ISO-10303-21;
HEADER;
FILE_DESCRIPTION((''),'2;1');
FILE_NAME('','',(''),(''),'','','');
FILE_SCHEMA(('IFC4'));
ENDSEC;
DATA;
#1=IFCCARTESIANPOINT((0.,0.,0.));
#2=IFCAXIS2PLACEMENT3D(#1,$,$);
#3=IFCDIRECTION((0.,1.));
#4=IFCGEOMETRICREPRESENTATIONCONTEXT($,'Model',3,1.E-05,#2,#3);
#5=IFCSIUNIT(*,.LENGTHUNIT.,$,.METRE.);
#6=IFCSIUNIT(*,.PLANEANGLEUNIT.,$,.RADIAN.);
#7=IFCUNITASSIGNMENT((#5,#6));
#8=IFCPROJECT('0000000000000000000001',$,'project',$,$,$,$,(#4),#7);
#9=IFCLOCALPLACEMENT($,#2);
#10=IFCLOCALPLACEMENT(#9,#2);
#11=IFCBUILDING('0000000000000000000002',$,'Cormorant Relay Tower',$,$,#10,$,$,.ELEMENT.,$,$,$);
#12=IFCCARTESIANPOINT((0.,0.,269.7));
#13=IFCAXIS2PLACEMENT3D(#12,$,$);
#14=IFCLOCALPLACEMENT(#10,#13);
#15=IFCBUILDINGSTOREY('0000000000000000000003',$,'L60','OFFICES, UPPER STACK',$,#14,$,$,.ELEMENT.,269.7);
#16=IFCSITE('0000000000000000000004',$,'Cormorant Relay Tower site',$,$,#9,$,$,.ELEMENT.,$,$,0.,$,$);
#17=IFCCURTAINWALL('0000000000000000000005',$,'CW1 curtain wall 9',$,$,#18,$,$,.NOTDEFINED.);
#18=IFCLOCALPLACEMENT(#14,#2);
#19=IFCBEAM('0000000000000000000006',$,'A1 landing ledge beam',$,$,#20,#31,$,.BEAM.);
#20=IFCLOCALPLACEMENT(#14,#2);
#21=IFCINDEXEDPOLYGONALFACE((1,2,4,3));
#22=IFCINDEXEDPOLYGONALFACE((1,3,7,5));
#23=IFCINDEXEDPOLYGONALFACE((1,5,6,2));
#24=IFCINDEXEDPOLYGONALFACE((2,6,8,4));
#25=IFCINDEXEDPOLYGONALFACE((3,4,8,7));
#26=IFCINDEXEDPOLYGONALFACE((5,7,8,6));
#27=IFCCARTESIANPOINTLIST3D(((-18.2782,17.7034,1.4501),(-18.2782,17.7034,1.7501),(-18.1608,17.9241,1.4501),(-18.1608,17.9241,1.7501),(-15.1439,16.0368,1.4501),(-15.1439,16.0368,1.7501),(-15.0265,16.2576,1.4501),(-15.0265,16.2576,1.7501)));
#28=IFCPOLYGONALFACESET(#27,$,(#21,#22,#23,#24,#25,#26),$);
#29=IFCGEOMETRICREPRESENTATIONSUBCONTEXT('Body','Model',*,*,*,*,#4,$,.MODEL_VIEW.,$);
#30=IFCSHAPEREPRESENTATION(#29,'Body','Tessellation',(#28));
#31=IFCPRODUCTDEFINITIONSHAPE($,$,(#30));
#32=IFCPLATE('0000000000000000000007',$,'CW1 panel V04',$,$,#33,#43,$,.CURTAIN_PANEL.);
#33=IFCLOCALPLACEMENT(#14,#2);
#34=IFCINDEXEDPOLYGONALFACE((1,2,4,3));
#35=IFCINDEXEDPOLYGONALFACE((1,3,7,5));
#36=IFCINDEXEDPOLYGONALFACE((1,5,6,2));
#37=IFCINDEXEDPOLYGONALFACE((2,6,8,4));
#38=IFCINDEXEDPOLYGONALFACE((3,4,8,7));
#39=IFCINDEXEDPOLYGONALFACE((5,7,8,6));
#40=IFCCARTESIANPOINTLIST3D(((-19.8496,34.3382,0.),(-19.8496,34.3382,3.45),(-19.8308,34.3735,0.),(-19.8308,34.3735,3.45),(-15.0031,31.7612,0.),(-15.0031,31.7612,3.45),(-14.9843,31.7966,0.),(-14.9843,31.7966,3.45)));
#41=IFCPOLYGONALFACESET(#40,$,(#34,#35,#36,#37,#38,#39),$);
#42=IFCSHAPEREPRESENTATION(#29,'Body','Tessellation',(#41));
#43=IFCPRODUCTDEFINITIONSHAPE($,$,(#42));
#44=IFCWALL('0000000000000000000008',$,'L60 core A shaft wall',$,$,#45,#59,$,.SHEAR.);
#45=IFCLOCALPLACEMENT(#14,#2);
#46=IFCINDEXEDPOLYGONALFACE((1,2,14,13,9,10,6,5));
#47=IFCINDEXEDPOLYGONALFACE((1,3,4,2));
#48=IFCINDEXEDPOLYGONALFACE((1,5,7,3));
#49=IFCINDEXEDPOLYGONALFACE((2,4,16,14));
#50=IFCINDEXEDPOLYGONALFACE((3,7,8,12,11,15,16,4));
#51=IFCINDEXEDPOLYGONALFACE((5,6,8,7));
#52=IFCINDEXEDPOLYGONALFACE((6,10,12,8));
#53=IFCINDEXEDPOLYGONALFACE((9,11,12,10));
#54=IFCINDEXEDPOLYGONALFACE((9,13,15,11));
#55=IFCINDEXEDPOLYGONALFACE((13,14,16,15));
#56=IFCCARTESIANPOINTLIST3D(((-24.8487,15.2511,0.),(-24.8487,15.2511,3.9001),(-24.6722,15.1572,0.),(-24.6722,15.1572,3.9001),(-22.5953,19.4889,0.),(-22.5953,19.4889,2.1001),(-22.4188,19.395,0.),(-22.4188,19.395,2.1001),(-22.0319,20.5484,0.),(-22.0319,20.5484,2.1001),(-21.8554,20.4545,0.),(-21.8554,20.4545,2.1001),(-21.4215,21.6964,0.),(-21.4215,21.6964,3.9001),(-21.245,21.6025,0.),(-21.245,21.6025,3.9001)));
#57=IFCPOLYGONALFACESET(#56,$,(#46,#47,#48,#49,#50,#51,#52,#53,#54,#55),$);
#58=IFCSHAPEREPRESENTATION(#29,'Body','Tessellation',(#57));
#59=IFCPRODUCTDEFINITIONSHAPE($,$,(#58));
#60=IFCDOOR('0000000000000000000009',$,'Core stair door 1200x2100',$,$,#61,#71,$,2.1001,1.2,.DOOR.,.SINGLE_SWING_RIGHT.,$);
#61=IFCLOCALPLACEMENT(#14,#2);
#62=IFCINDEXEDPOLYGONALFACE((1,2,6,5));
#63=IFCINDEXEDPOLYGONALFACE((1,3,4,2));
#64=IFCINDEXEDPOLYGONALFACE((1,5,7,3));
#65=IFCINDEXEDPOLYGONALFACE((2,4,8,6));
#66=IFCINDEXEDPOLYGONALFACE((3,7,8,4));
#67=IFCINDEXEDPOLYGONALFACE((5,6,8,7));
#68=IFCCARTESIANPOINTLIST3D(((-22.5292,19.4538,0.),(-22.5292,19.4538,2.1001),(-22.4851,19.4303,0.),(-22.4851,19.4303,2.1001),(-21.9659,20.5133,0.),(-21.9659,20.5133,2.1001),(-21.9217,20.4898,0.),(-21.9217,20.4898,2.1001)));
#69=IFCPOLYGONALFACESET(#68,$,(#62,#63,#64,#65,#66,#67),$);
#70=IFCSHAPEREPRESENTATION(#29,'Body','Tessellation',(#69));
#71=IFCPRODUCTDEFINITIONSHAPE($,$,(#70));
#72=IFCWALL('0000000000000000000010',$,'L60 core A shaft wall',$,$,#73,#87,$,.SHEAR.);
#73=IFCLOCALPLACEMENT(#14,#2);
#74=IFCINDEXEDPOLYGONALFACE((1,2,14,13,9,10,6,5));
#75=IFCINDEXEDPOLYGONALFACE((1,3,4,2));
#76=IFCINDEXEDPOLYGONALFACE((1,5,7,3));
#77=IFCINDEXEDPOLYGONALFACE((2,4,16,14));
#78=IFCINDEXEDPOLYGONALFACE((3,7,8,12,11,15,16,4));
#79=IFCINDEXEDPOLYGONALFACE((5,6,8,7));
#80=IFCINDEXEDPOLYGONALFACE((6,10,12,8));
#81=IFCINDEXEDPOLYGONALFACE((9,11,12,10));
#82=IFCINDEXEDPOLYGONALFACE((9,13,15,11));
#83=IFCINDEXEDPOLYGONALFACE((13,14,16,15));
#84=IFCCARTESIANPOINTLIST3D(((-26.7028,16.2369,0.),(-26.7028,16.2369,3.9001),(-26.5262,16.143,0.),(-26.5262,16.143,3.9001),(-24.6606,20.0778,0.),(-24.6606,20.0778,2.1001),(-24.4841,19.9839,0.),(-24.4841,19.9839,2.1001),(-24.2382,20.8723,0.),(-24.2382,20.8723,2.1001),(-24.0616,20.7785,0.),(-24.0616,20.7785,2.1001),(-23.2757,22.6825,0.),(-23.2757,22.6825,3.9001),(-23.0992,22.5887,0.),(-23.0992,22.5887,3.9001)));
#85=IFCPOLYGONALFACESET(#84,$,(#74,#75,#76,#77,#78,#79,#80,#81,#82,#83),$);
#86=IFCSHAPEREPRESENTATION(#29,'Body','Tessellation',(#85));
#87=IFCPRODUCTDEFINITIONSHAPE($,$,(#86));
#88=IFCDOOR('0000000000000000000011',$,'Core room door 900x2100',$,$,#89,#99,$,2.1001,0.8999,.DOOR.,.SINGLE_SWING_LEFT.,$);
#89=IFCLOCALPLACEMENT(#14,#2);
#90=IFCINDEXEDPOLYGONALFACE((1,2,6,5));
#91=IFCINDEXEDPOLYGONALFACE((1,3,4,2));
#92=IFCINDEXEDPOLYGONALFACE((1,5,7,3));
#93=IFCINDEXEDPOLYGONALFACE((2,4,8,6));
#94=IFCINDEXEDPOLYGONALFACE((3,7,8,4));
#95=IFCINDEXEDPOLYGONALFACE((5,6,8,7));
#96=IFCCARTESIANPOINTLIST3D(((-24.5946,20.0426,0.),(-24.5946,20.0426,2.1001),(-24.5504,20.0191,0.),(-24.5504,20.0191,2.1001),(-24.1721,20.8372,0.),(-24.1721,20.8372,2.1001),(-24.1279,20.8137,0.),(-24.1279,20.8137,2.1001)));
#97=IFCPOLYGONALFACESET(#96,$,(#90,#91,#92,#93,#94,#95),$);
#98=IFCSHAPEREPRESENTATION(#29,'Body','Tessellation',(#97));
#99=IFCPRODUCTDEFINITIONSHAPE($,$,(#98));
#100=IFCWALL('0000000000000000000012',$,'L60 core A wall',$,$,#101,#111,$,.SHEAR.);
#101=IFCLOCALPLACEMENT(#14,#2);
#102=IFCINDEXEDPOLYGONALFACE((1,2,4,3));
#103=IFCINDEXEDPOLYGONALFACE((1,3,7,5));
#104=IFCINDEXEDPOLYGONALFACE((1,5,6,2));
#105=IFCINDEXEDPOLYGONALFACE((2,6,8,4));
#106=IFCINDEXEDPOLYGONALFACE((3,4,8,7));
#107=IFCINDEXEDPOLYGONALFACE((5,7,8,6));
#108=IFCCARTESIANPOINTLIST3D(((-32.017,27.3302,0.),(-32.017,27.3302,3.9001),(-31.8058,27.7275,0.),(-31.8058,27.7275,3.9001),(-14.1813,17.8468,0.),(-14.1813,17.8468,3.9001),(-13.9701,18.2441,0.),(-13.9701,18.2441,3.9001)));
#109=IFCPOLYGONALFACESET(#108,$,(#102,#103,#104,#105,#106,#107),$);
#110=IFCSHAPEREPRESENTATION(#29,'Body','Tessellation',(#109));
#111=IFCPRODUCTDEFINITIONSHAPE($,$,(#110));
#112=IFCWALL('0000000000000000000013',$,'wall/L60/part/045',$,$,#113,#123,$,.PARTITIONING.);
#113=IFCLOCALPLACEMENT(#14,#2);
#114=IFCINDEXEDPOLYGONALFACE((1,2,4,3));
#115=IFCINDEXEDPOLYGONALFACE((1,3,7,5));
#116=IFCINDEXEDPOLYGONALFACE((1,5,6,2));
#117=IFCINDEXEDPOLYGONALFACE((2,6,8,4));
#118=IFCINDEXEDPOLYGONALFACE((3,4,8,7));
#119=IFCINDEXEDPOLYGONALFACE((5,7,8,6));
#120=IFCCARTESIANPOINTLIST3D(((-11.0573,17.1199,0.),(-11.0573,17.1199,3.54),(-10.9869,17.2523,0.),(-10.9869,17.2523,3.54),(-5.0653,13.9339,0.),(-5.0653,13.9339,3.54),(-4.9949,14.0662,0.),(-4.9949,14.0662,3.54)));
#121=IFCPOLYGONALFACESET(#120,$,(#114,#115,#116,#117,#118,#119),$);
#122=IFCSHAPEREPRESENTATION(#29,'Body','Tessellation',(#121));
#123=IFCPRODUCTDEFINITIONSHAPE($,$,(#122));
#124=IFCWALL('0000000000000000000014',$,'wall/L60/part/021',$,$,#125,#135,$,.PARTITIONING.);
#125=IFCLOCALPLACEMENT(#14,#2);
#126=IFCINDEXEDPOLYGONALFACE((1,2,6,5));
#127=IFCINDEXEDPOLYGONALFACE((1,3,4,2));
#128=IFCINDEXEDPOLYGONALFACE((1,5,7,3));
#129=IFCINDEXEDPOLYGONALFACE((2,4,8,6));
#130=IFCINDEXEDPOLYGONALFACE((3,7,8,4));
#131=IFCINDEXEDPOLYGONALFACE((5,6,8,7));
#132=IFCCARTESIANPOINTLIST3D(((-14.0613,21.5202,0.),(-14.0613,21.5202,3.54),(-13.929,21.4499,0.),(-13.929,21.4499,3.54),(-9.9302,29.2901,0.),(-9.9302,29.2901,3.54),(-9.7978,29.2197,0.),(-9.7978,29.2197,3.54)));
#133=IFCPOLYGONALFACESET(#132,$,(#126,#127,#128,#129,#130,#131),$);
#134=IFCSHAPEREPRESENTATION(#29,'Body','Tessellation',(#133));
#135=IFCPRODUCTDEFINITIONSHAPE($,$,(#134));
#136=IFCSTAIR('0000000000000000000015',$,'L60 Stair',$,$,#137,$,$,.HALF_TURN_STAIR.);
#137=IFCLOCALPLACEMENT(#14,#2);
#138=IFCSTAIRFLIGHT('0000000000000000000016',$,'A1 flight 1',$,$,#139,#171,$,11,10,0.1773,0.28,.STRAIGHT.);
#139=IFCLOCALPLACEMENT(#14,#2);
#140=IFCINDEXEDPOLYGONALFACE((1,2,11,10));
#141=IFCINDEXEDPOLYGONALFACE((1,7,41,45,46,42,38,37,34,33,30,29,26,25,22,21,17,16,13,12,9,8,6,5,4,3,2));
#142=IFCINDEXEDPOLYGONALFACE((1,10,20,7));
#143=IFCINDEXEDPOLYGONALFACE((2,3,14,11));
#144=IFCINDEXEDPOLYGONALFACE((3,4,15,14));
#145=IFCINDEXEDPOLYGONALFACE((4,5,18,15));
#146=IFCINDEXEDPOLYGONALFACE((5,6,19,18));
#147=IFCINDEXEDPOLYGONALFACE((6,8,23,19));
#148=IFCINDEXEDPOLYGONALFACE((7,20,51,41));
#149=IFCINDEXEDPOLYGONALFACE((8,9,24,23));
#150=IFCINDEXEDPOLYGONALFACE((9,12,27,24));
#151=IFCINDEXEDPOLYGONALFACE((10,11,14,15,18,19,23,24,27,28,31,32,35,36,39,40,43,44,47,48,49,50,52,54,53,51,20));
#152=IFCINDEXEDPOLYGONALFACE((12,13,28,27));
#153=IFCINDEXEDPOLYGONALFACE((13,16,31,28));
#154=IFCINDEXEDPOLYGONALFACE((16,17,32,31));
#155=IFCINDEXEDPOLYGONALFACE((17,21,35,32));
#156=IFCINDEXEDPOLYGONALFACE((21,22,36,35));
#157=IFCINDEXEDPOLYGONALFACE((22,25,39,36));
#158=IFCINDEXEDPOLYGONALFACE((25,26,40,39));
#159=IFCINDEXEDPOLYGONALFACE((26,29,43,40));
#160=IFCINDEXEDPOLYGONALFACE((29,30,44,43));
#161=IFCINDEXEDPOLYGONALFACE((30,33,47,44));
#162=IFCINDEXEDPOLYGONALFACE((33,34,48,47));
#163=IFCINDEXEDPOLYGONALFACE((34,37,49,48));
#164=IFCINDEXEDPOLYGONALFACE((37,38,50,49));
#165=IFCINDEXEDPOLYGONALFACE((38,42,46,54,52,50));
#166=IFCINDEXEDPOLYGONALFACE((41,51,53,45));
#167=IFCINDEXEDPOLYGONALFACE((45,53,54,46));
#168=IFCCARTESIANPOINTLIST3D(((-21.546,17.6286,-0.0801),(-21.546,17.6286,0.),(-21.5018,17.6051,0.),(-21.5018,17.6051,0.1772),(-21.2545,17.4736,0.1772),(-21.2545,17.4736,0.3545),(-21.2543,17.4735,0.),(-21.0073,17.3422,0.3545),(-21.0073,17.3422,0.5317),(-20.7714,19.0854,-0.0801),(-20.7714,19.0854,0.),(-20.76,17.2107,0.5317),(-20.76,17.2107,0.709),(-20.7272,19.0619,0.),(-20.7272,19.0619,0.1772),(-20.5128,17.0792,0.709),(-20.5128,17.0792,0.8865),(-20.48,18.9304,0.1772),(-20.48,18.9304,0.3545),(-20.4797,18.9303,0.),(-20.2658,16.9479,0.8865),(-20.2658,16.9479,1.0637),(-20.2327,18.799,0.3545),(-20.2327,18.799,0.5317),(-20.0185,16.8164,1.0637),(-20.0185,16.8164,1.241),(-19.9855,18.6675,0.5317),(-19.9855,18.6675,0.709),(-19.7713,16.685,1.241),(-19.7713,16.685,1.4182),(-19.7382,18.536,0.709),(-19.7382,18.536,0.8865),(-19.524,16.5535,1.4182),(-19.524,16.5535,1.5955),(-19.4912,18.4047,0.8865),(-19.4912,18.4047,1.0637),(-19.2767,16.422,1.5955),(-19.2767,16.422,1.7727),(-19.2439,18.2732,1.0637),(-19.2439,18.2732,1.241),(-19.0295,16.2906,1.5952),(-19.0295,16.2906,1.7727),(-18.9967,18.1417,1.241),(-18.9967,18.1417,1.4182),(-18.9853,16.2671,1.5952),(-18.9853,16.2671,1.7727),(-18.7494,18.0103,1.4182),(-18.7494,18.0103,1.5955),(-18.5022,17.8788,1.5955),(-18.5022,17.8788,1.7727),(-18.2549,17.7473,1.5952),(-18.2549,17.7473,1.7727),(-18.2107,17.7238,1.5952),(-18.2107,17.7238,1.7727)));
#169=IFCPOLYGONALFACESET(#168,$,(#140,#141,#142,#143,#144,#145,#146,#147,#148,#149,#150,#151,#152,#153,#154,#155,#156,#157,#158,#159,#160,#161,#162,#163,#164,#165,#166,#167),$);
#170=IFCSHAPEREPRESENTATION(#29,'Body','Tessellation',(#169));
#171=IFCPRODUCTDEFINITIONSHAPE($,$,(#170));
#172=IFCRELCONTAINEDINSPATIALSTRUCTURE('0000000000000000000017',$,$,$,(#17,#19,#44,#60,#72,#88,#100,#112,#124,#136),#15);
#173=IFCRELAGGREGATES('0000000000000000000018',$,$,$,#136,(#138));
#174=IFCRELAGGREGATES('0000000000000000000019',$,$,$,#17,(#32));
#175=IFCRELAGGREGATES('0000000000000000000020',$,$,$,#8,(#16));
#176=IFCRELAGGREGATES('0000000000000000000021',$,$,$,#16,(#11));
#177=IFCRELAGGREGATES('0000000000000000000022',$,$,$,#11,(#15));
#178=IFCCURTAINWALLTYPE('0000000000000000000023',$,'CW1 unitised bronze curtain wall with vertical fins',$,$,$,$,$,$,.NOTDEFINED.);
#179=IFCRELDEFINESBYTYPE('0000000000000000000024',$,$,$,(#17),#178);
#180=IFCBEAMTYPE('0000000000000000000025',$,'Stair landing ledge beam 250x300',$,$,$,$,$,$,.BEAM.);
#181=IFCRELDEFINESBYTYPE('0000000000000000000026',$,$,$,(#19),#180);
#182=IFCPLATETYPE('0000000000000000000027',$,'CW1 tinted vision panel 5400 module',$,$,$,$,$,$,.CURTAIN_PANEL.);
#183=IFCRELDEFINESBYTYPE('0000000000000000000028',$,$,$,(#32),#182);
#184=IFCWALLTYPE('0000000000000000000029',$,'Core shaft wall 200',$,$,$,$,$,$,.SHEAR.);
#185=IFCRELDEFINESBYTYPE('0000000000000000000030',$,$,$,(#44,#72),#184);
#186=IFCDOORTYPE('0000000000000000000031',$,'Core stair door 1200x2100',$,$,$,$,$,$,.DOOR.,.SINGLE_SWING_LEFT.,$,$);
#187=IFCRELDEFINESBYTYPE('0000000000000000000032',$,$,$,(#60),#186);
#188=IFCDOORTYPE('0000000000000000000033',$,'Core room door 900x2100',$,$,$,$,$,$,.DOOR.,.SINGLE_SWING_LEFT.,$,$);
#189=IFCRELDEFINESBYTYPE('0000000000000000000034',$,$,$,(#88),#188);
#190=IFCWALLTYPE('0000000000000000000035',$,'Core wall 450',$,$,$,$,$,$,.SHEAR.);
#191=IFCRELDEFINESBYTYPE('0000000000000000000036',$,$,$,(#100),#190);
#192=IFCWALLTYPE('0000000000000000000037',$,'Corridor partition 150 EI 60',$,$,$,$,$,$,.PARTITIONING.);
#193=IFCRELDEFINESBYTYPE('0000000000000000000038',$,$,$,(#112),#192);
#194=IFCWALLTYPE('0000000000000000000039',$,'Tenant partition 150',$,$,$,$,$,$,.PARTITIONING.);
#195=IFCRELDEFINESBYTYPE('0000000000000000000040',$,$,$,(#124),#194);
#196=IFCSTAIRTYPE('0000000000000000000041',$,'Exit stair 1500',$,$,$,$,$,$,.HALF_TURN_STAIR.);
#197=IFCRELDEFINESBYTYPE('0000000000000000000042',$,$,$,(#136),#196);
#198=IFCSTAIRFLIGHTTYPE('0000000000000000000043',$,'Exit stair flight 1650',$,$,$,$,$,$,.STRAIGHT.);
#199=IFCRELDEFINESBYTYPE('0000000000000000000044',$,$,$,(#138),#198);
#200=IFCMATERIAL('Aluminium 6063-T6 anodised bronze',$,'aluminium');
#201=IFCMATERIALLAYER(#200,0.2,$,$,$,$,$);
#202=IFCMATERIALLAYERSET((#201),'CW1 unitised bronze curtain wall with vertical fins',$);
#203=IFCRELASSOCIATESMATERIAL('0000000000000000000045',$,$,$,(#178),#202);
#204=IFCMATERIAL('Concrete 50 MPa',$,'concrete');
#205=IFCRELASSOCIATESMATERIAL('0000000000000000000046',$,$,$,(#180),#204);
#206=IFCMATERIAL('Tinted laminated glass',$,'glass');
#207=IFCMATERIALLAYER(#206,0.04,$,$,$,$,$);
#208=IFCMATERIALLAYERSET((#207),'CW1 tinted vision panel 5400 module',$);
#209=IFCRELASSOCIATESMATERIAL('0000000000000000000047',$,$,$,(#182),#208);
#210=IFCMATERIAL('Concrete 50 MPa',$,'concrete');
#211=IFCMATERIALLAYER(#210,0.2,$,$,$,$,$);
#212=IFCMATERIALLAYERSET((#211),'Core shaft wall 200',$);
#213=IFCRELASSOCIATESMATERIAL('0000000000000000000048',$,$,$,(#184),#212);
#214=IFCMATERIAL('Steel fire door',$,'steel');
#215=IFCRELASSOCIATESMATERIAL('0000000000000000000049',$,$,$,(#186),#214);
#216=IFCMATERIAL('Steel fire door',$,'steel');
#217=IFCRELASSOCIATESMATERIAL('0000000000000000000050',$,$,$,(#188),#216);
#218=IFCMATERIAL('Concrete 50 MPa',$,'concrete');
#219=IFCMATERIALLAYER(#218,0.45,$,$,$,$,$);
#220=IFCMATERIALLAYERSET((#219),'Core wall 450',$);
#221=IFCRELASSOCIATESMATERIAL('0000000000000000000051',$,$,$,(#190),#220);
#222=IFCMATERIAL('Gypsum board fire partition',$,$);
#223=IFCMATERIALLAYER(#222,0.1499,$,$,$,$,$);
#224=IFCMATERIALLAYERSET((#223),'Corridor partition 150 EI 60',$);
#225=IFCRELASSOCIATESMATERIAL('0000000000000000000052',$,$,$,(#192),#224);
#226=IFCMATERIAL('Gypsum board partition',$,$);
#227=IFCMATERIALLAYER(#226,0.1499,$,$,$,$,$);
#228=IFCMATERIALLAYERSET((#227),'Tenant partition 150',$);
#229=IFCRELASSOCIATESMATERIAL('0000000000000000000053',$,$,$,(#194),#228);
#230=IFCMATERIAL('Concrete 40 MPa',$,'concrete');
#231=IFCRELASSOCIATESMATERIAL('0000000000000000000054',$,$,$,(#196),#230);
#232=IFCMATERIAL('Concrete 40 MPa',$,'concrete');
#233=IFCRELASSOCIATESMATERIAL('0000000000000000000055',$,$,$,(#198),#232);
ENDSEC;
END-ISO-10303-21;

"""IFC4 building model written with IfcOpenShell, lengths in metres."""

from ifc_helpers import new_model, si_unit, direction, frame, frame_2d, origin, origin_2d, place, context, subcontext, project, spatial, polyline, rectangle, outline, extrude, material, layer, layer_set, material_profile, profile_set, type_object, element, fill, aggregate, save


model = new_model("IFC4")

# Units and contexts
model_context = context("Model", 3, precision=1e-05, world=origin(), true_north=direction((0.0, 1.0)))
body_context = subcontext(model_context, "Body", "Model", "MODEL_VIEW")
ifc_project = project(units=[si_unit("LENGTHUNIT", "METRE"), si_unit("PLANEANGLEUNIT", "RADIAN")], contexts=[model_context])

# Site, building, storey
site_placement = place(None, origin())
site = spatial("IfcSite", under=ifc_project, at=site_placement, Name="Cormorant Relay Tower site", CompositionType="ELEMENT", RefElevation=0.0)
building_placement = place(site_placement, origin())
building = spatial("IfcBuilding", under=site, at=building_placement, Name="Cormorant Relay Tower", CompositionType="ELEMENT")
storey_placement = place(building_placement, frame((0.0, 0.0, 269.7)))
storey = spatial("IfcBuildingStorey", under=building, at=storey_placement, Name="L60", Description="OFFICES, UPPER STACK", CompositionType="ELEMENT", Elevation=269.7)

# Curtain wall
ifc_material_1 = material(Name="Aluminium 6063-T6 anodised bronze", Category="aluminium")
ifc_layer_1 = layer(ifc_material_1, 0.2)
ifc_layer_set_1 = layer_set([ifc_layer_1], Name="CW1 unitised bronze curtain wall with vertical fins")
curtain_wall_type = type_object("IfcCurtainWallType", Name="CW1 unitised bronze curtain wall with vertical fins", PredefinedType="NOTDEFINED", material=ifc_layer_set_1)
curtain_wall_placement = place(storey_placement, origin())
curtain_wall = element("IfcCurtainWall", 1, at=curtain_wall_placement, inside=storey, type_object=curtain_wall_type, Name="CW1 curtain wall 9", PredefinedType="NOTDEFINED")

# Beam
ifc_material_2 = material(Name="Concrete 50 MPa", Category="concrete")
ifc_material_profile_1 = material_profile(ifc_material_2, rectangle(XDim=0.25, YDim=0.3, at=origin_2d()), Name="RC 250x300")
ifc_profile_set_1 = profile_set([ifc_material_profile_1], Name="Concrete 50 MPa")
beam_type_1 = type_object("IfcBeamType", Name="Stair landing ledge beam 250x300", PredefinedType="BEAM", material=ifc_profile_set_1)
beam_1_placement = place(storey_placement, frame((-18.2195, 17.8137, 1.6001), z_axis=(0.88295, -0.469467, 0.0), x_axis=(0.469467, 0.88295, 0.0)))
element("IfcBeam", 2, at=beam_1_placement, inside=storey, type_object=beam_type_1, Name="A1 landing ledge beam", PredefinedType="BEAM", context=body_context, shape_type="SweptSolid", body=[
    extrude(rectangle(XDim=0.25, YDim=0.3, at=origin_2d()), origin(), (0.0, 0.0, 1.0), 3.5498),
])

# Plate
ifc_material_3 = material(Name="Tinted laminated glass", Category="glass")
ifc_layer_2 = layer(ifc_material_3, 0.04)
ifc_layer_set_2 = layer_set([ifc_layer_2], Name="CW1 tinted vision panel 5400 module")
plate_type = type_object("IfcPlateType", Name="CW1 tinted vision panel 5400 module", PredefinedType="CURTAIN_PANEL", material=ifc_layer_set_2)
plate_placement = place(storey_placement, frame((-17.417, 33.0674, 0.0), z_axis=(0.0, 0.0, 1.0), x_axis=(-0.882948, 0.469472, 0.0)))
plate = element("IfcPlate", 3, at=plate_placement, type_object=plate_type, Name="CW1 panel V04", PredefinedType="CURTAIN_PANEL", context=body_context, shape_type="SweptSolid", body=[
    extrude(rectangle(XDim=5.489, YDim=0.04, at=origin_2d()), origin(), (0.0, 0.0, 1.0), 3.45),
])

# Walls, openings, doors
ifc_material_4 = material(Name="Concrete 50 MPa", Category="concrete")
ifc_layer_3 = layer(ifc_material_4, 0.2)
ifc_layer_set_3 = layer_set([ifc_layer_3], Name="Core shaft wall 200")
wall_type_1 = type_object("IfcWallType", Name="Core shaft wall 200", PredefinedType="SHEAR", material=ifc_layer_set_3)
wall_1_placement = place(storey_placement, frame((-21.3333, 21.6494, 0.0), z_axis=(0.0, 0.0, 1.0), x_axis=(-0.469494, -0.882936, 0.0)))
wall_1 = element("IfcWall", 4, at=wall_1_placement, inside=storey, type_object=wall_type_1, Name="L60 core A shaft wall", PredefinedType="SHEAR", context=body_context, shape_type="SweptSolid", body=[
    extrude(rectangle(XDim=7.2998, YDim=0.2, at=frame_2d((3.6499, 0.0))), origin(), (0.0, 0.0, 1.0), 3.9001),
])
opening_1_placement = place(wall_1_placement, frame((1.3, 0.0, 0.0)))
opening_1 = element("IfcOpeningElement", 5, at=opening_1_placement, cuts=wall_1, PredefinedType="OPENING", context=body_context, shape_type="SweptSolid", body=[
    extrude(rectangle(XDim=1.2, YDim=2.1001, at=frame_2d((0.6001, 1.05))), frame((0.0, 0.1099, 0.0), z_axis=(0.0, -1.0, 0.0), x_axis=(1.0, 0.0, 0.0)), (0.0, 0.0, 1.0), 0.22),
])
ifc_material_5 = material(Name="Steel fire door", Category="steel")
door_type_1 = type_object("IfcDoorType", Name="Core stair door 1200x2100", OperationType="SINGLE_SWING_LEFT", PredefinedType="DOOR", material=ifc_material_5)
door_1_placement = place(opening_1_placement, origin())
door_1 = element("IfcDoor", 6, at=door_1_placement, inside=storey, type_object=door_type_1, Name="Core stair door 1200x2100", OperationType="SINGLE_SWING_RIGHT", OverallHeight=2.1001, OverallWidth=1.2, PredefinedType="DOOR", context=body_context, shape_type="SweptSolid", body=[
    extrude(rectangle(XDim=1.2, YDim=2.1001, at=frame_2d((0.6001, 1.05))), frame((0.0, 0.0249, 0.0), z_axis=(0.0, -1.0, 0.0), x_axis=(1.0, 0.0, 0.0)), (0.0, 0.0, 1.0), 0.05),
])
fill(opening_1, door_1)
wall_2_placement = place(storey_placement, frame((-23.1875, 22.6355, 0.0), z_axis=(0.0, 0.0, 1.0), x_axis=(-0.469454, -0.882957, 0.0)))
wall_2 = element("IfcWall", 7, at=wall_2_placement, inside=storey, type_object=wall_type_1, Name="L60 core A shaft wall", PredefinedType="SHEAR", context=body_context, shape_type="SweptSolid", body=[
    extrude(rectangle(XDim=7.3, YDim=0.2, at=frame_2d((3.6499, 0.0))), origin(), (0.0, 0.0, 1.0), 3.9001),
])
opening_2_placement = place(wall_2_placement, frame((2.05, 0.0, 0.0)))
opening_2 = element("IfcOpeningElement", 8, at=opening_2_placement, cuts=wall_2, PredefinedType="OPENING", context=body_context, shape_type="SweptSolid", body=[
    extrude(rectangle(XDim=0.8999, YDim=2.1001, at=frame_2d((0.45, 1.05))), frame((0.0, 0.1099, 0.0), z_axis=(0.0, -1.0, 0.0), x_axis=(1.0, 0.0, 0.0)), (0.0, 0.0, 1.0), 0.22),
])
ifc_material_6 = material(Name="Steel fire door", Category="steel")
door_type_2 = type_object("IfcDoorType", Name="Core room door 900x2100", OperationType="SINGLE_SWING_LEFT", PredefinedType="DOOR", material=ifc_material_6)
door_2_placement = place(opening_2_placement, origin())
door_2 = element("IfcDoor", 9, at=door_2_placement, inside=storey, type_object=door_type_2, Name="Core room door 900x2100", OperationType="SINGLE_SWING_LEFT", OverallHeight=2.1001, OverallWidth=0.8999, PredefinedType="DOOR", context=body_context, shape_type="SweptSolid", body=[
    extrude(rectangle(XDim=0.8999, YDim=2.1001, at=frame_2d((0.45, 1.05))), frame((0.0, 0.0249, 0.0), z_axis=(0.0, -1.0, 0.0), x_axis=(1.0, 0.0, 0.0)), (0.0, 0.0, 1.0), 0.05),
])
fill(opening_2, door_2)
ifc_material_7 = material(Name="Concrete 50 MPa", Category="concrete")
ifc_layer_4 = layer(ifc_material_7, 0.45)
ifc_layer_set_4 = layer_set([ifc_layer_4], Name="Core wall 450")
wall_type_2 = type_object("IfcWallType", Name="Core wall 450", PredefinedType="SHEAR", material=ifc_layer_set_4)

# Walls
wall_3_placement = place(storey_placement, frame((-14.0757, 18.0454, 0.0), z_axis=(0.0, 0.0, 1.0), x_axis=(-0.882948, 0.469471, 0.0)))
element("IfcWall", 10, at=wall_3_placement, inside=storey, type_object=wall_type_2, Name="L60 core A wall", PredefinedType="SHEAR", context=body_context, shape_type="SweptSolid", body=[
    extrude(rectangle(XDim=20.2002, YDim=0.45, at=frame_2d((10.1001, 0.0))), origin(), (0.0, 0.0, 1.0), 3.9001),
])
ifc_material_8 = material(Name="Gypsum board fire partition")
ifc_layer_5 = layer(ifc_material_8, 0.1499)
ifc_layer_set_5 = layer_set([ifc_layer_5], Name="Corridor partition 150 EI 60")
wall_type_3 = type_object("IfcWallType", Name="Corridor partition 150 EI 60", PredefinedType="PARTITIONING", material=ifc_layer_set_5)
wall_4_placement = place(storey_placement, frame((-11.022, 17.186, 0.0), z_axis=(0.0, 0.0, 1.0), x_axis=(0.882944, -0.469479, 0.0)))
element("IfcWall", 11, at=wall_4_placement, inside=storey, type_object=wall_type_3, Name="wall/L60/part/045", PredefinedType="PARTITIONING", context=body_context, shape_type="SweptSolid", body=[
    extrude(rectangle(XDim=6.7864, YDim=0.1499, at=frame_2d((3.3931, 0.0))), origin(), (0.0, 0.0, 1.0), 3.54),
])
ifc_material_9 = material(Name="Gypsum board partition")
ifc_layer_6 = layer(ifc_material_9, 0.1499)
ifc_layer_set_6 = layer_set([ifc_layer_6], Name="Tenant partition 150")
wall_type_4 = type_object("IfcWallType", Name="Tenant partition 150", PredefinedType="PARTITIONING", material=ifc_layer_set_6)
wall_5_placement = place(storey_placement, frame((-9.864, 29.2549, 0.0), z_axis=(0.0, 0.0, 1.0), x_axis=(-0.469457, -0.882955, 0.0)))
element("IfcWall", 12, at=wall_5_placement, inside=storey, type_object=wall_type_4, Name="wall/L60/part/021", PredefinedType="PARTITIONING", context=body_context, shape_type="SweptSolid", body=[
    extrude(rectangle(XDim=8.7998, YDim=0.1499, at=frame_2d((4.3999, 0.0))), origin(), (0.0, 0.0, 1.0), 3.54),
])

# Stair, stair flight
ifc_material_10 = material(Name="Concrete 40 MPa", Category="concrete")
stair_type = type_object("IfcStairType", Name="Exit stair 1500", PredefinedType="HALF_TURN_STAIR", material=ifc_material_10)
stair_placement = place(storey_placement, origin())
stair = element("IfcStair", 13, at=stair_placement, inside=storey, type_object=stair_type, Name="L60 Stair", PredefinedType="HALF_TURN_STAIR")
ifc_material_11 = material(Name="Concrete 40 MPa", Category="concrete")
stair_flight_type = type_object("IfcStairFlightType", Name="Exit stair flight 1650", PredefinedType="STRAIGHT", material=ifc_material_11)
stair_flight_1_placement = place(storey_placement, frame((-21.1145, 18.3335, 0.0), z_axis=(0.0, 0.0, 1.0), x_axis=(0.882948, -0.469472, 0.0)))
stair_flight_1 = element("IfcStairFlight", 14, at=stair_flight_1_placement, type_object=stair_flight_type, Name="A1 flight 1", NumberOfRisers=11, NumberOfTreads=10, PredefinedType="STRAIGHT", RiserHeight=0.1773, TreadLength=0.28, context=body_context, shape_type="SweptSolid", body=[
    extrude(outline(polyline([(-0.05, -0.0801), (-0.05, 0.0), (0.0, 0.0), (0.0, 0.1772), (0.28, 0.1772), (0.28, 0.3545), (0.5601, 0.3545), (0.5601, 0.5317), (0.8401, 0.5317), (0.8401, 0.709), (1.1201, 0.709), (1.1201, 0.8865), (1.3999, 0.8865), (1.3999, 1.0637), (1.6799, 1.0637), (1.6799, 1.241), (1.96, 1.241), (1.96, 1.4182), (2.24, 1.4182), (2.24, 1.5955), (2.52, 1.5955), (2.52, 1.7727), (2.8, 1.7727), (2.8501, 1.7727), (2.8501, 1.5952), (2.8, 1.5952), (0.2803, 0.0), (-0.05, -0.0801)])), frame((0.0, 0.825, 0.0), z_axis=(0.0, -1.0, 0.0), x_axis=(1.0, 0.0, 0.0)), (0.0, 0.0, 1.0), 1.6499),
])
aggregate(stair, [stair_flight_1])

aggregate(curtain_wall, [plate])

save(model, "model.ifc")
